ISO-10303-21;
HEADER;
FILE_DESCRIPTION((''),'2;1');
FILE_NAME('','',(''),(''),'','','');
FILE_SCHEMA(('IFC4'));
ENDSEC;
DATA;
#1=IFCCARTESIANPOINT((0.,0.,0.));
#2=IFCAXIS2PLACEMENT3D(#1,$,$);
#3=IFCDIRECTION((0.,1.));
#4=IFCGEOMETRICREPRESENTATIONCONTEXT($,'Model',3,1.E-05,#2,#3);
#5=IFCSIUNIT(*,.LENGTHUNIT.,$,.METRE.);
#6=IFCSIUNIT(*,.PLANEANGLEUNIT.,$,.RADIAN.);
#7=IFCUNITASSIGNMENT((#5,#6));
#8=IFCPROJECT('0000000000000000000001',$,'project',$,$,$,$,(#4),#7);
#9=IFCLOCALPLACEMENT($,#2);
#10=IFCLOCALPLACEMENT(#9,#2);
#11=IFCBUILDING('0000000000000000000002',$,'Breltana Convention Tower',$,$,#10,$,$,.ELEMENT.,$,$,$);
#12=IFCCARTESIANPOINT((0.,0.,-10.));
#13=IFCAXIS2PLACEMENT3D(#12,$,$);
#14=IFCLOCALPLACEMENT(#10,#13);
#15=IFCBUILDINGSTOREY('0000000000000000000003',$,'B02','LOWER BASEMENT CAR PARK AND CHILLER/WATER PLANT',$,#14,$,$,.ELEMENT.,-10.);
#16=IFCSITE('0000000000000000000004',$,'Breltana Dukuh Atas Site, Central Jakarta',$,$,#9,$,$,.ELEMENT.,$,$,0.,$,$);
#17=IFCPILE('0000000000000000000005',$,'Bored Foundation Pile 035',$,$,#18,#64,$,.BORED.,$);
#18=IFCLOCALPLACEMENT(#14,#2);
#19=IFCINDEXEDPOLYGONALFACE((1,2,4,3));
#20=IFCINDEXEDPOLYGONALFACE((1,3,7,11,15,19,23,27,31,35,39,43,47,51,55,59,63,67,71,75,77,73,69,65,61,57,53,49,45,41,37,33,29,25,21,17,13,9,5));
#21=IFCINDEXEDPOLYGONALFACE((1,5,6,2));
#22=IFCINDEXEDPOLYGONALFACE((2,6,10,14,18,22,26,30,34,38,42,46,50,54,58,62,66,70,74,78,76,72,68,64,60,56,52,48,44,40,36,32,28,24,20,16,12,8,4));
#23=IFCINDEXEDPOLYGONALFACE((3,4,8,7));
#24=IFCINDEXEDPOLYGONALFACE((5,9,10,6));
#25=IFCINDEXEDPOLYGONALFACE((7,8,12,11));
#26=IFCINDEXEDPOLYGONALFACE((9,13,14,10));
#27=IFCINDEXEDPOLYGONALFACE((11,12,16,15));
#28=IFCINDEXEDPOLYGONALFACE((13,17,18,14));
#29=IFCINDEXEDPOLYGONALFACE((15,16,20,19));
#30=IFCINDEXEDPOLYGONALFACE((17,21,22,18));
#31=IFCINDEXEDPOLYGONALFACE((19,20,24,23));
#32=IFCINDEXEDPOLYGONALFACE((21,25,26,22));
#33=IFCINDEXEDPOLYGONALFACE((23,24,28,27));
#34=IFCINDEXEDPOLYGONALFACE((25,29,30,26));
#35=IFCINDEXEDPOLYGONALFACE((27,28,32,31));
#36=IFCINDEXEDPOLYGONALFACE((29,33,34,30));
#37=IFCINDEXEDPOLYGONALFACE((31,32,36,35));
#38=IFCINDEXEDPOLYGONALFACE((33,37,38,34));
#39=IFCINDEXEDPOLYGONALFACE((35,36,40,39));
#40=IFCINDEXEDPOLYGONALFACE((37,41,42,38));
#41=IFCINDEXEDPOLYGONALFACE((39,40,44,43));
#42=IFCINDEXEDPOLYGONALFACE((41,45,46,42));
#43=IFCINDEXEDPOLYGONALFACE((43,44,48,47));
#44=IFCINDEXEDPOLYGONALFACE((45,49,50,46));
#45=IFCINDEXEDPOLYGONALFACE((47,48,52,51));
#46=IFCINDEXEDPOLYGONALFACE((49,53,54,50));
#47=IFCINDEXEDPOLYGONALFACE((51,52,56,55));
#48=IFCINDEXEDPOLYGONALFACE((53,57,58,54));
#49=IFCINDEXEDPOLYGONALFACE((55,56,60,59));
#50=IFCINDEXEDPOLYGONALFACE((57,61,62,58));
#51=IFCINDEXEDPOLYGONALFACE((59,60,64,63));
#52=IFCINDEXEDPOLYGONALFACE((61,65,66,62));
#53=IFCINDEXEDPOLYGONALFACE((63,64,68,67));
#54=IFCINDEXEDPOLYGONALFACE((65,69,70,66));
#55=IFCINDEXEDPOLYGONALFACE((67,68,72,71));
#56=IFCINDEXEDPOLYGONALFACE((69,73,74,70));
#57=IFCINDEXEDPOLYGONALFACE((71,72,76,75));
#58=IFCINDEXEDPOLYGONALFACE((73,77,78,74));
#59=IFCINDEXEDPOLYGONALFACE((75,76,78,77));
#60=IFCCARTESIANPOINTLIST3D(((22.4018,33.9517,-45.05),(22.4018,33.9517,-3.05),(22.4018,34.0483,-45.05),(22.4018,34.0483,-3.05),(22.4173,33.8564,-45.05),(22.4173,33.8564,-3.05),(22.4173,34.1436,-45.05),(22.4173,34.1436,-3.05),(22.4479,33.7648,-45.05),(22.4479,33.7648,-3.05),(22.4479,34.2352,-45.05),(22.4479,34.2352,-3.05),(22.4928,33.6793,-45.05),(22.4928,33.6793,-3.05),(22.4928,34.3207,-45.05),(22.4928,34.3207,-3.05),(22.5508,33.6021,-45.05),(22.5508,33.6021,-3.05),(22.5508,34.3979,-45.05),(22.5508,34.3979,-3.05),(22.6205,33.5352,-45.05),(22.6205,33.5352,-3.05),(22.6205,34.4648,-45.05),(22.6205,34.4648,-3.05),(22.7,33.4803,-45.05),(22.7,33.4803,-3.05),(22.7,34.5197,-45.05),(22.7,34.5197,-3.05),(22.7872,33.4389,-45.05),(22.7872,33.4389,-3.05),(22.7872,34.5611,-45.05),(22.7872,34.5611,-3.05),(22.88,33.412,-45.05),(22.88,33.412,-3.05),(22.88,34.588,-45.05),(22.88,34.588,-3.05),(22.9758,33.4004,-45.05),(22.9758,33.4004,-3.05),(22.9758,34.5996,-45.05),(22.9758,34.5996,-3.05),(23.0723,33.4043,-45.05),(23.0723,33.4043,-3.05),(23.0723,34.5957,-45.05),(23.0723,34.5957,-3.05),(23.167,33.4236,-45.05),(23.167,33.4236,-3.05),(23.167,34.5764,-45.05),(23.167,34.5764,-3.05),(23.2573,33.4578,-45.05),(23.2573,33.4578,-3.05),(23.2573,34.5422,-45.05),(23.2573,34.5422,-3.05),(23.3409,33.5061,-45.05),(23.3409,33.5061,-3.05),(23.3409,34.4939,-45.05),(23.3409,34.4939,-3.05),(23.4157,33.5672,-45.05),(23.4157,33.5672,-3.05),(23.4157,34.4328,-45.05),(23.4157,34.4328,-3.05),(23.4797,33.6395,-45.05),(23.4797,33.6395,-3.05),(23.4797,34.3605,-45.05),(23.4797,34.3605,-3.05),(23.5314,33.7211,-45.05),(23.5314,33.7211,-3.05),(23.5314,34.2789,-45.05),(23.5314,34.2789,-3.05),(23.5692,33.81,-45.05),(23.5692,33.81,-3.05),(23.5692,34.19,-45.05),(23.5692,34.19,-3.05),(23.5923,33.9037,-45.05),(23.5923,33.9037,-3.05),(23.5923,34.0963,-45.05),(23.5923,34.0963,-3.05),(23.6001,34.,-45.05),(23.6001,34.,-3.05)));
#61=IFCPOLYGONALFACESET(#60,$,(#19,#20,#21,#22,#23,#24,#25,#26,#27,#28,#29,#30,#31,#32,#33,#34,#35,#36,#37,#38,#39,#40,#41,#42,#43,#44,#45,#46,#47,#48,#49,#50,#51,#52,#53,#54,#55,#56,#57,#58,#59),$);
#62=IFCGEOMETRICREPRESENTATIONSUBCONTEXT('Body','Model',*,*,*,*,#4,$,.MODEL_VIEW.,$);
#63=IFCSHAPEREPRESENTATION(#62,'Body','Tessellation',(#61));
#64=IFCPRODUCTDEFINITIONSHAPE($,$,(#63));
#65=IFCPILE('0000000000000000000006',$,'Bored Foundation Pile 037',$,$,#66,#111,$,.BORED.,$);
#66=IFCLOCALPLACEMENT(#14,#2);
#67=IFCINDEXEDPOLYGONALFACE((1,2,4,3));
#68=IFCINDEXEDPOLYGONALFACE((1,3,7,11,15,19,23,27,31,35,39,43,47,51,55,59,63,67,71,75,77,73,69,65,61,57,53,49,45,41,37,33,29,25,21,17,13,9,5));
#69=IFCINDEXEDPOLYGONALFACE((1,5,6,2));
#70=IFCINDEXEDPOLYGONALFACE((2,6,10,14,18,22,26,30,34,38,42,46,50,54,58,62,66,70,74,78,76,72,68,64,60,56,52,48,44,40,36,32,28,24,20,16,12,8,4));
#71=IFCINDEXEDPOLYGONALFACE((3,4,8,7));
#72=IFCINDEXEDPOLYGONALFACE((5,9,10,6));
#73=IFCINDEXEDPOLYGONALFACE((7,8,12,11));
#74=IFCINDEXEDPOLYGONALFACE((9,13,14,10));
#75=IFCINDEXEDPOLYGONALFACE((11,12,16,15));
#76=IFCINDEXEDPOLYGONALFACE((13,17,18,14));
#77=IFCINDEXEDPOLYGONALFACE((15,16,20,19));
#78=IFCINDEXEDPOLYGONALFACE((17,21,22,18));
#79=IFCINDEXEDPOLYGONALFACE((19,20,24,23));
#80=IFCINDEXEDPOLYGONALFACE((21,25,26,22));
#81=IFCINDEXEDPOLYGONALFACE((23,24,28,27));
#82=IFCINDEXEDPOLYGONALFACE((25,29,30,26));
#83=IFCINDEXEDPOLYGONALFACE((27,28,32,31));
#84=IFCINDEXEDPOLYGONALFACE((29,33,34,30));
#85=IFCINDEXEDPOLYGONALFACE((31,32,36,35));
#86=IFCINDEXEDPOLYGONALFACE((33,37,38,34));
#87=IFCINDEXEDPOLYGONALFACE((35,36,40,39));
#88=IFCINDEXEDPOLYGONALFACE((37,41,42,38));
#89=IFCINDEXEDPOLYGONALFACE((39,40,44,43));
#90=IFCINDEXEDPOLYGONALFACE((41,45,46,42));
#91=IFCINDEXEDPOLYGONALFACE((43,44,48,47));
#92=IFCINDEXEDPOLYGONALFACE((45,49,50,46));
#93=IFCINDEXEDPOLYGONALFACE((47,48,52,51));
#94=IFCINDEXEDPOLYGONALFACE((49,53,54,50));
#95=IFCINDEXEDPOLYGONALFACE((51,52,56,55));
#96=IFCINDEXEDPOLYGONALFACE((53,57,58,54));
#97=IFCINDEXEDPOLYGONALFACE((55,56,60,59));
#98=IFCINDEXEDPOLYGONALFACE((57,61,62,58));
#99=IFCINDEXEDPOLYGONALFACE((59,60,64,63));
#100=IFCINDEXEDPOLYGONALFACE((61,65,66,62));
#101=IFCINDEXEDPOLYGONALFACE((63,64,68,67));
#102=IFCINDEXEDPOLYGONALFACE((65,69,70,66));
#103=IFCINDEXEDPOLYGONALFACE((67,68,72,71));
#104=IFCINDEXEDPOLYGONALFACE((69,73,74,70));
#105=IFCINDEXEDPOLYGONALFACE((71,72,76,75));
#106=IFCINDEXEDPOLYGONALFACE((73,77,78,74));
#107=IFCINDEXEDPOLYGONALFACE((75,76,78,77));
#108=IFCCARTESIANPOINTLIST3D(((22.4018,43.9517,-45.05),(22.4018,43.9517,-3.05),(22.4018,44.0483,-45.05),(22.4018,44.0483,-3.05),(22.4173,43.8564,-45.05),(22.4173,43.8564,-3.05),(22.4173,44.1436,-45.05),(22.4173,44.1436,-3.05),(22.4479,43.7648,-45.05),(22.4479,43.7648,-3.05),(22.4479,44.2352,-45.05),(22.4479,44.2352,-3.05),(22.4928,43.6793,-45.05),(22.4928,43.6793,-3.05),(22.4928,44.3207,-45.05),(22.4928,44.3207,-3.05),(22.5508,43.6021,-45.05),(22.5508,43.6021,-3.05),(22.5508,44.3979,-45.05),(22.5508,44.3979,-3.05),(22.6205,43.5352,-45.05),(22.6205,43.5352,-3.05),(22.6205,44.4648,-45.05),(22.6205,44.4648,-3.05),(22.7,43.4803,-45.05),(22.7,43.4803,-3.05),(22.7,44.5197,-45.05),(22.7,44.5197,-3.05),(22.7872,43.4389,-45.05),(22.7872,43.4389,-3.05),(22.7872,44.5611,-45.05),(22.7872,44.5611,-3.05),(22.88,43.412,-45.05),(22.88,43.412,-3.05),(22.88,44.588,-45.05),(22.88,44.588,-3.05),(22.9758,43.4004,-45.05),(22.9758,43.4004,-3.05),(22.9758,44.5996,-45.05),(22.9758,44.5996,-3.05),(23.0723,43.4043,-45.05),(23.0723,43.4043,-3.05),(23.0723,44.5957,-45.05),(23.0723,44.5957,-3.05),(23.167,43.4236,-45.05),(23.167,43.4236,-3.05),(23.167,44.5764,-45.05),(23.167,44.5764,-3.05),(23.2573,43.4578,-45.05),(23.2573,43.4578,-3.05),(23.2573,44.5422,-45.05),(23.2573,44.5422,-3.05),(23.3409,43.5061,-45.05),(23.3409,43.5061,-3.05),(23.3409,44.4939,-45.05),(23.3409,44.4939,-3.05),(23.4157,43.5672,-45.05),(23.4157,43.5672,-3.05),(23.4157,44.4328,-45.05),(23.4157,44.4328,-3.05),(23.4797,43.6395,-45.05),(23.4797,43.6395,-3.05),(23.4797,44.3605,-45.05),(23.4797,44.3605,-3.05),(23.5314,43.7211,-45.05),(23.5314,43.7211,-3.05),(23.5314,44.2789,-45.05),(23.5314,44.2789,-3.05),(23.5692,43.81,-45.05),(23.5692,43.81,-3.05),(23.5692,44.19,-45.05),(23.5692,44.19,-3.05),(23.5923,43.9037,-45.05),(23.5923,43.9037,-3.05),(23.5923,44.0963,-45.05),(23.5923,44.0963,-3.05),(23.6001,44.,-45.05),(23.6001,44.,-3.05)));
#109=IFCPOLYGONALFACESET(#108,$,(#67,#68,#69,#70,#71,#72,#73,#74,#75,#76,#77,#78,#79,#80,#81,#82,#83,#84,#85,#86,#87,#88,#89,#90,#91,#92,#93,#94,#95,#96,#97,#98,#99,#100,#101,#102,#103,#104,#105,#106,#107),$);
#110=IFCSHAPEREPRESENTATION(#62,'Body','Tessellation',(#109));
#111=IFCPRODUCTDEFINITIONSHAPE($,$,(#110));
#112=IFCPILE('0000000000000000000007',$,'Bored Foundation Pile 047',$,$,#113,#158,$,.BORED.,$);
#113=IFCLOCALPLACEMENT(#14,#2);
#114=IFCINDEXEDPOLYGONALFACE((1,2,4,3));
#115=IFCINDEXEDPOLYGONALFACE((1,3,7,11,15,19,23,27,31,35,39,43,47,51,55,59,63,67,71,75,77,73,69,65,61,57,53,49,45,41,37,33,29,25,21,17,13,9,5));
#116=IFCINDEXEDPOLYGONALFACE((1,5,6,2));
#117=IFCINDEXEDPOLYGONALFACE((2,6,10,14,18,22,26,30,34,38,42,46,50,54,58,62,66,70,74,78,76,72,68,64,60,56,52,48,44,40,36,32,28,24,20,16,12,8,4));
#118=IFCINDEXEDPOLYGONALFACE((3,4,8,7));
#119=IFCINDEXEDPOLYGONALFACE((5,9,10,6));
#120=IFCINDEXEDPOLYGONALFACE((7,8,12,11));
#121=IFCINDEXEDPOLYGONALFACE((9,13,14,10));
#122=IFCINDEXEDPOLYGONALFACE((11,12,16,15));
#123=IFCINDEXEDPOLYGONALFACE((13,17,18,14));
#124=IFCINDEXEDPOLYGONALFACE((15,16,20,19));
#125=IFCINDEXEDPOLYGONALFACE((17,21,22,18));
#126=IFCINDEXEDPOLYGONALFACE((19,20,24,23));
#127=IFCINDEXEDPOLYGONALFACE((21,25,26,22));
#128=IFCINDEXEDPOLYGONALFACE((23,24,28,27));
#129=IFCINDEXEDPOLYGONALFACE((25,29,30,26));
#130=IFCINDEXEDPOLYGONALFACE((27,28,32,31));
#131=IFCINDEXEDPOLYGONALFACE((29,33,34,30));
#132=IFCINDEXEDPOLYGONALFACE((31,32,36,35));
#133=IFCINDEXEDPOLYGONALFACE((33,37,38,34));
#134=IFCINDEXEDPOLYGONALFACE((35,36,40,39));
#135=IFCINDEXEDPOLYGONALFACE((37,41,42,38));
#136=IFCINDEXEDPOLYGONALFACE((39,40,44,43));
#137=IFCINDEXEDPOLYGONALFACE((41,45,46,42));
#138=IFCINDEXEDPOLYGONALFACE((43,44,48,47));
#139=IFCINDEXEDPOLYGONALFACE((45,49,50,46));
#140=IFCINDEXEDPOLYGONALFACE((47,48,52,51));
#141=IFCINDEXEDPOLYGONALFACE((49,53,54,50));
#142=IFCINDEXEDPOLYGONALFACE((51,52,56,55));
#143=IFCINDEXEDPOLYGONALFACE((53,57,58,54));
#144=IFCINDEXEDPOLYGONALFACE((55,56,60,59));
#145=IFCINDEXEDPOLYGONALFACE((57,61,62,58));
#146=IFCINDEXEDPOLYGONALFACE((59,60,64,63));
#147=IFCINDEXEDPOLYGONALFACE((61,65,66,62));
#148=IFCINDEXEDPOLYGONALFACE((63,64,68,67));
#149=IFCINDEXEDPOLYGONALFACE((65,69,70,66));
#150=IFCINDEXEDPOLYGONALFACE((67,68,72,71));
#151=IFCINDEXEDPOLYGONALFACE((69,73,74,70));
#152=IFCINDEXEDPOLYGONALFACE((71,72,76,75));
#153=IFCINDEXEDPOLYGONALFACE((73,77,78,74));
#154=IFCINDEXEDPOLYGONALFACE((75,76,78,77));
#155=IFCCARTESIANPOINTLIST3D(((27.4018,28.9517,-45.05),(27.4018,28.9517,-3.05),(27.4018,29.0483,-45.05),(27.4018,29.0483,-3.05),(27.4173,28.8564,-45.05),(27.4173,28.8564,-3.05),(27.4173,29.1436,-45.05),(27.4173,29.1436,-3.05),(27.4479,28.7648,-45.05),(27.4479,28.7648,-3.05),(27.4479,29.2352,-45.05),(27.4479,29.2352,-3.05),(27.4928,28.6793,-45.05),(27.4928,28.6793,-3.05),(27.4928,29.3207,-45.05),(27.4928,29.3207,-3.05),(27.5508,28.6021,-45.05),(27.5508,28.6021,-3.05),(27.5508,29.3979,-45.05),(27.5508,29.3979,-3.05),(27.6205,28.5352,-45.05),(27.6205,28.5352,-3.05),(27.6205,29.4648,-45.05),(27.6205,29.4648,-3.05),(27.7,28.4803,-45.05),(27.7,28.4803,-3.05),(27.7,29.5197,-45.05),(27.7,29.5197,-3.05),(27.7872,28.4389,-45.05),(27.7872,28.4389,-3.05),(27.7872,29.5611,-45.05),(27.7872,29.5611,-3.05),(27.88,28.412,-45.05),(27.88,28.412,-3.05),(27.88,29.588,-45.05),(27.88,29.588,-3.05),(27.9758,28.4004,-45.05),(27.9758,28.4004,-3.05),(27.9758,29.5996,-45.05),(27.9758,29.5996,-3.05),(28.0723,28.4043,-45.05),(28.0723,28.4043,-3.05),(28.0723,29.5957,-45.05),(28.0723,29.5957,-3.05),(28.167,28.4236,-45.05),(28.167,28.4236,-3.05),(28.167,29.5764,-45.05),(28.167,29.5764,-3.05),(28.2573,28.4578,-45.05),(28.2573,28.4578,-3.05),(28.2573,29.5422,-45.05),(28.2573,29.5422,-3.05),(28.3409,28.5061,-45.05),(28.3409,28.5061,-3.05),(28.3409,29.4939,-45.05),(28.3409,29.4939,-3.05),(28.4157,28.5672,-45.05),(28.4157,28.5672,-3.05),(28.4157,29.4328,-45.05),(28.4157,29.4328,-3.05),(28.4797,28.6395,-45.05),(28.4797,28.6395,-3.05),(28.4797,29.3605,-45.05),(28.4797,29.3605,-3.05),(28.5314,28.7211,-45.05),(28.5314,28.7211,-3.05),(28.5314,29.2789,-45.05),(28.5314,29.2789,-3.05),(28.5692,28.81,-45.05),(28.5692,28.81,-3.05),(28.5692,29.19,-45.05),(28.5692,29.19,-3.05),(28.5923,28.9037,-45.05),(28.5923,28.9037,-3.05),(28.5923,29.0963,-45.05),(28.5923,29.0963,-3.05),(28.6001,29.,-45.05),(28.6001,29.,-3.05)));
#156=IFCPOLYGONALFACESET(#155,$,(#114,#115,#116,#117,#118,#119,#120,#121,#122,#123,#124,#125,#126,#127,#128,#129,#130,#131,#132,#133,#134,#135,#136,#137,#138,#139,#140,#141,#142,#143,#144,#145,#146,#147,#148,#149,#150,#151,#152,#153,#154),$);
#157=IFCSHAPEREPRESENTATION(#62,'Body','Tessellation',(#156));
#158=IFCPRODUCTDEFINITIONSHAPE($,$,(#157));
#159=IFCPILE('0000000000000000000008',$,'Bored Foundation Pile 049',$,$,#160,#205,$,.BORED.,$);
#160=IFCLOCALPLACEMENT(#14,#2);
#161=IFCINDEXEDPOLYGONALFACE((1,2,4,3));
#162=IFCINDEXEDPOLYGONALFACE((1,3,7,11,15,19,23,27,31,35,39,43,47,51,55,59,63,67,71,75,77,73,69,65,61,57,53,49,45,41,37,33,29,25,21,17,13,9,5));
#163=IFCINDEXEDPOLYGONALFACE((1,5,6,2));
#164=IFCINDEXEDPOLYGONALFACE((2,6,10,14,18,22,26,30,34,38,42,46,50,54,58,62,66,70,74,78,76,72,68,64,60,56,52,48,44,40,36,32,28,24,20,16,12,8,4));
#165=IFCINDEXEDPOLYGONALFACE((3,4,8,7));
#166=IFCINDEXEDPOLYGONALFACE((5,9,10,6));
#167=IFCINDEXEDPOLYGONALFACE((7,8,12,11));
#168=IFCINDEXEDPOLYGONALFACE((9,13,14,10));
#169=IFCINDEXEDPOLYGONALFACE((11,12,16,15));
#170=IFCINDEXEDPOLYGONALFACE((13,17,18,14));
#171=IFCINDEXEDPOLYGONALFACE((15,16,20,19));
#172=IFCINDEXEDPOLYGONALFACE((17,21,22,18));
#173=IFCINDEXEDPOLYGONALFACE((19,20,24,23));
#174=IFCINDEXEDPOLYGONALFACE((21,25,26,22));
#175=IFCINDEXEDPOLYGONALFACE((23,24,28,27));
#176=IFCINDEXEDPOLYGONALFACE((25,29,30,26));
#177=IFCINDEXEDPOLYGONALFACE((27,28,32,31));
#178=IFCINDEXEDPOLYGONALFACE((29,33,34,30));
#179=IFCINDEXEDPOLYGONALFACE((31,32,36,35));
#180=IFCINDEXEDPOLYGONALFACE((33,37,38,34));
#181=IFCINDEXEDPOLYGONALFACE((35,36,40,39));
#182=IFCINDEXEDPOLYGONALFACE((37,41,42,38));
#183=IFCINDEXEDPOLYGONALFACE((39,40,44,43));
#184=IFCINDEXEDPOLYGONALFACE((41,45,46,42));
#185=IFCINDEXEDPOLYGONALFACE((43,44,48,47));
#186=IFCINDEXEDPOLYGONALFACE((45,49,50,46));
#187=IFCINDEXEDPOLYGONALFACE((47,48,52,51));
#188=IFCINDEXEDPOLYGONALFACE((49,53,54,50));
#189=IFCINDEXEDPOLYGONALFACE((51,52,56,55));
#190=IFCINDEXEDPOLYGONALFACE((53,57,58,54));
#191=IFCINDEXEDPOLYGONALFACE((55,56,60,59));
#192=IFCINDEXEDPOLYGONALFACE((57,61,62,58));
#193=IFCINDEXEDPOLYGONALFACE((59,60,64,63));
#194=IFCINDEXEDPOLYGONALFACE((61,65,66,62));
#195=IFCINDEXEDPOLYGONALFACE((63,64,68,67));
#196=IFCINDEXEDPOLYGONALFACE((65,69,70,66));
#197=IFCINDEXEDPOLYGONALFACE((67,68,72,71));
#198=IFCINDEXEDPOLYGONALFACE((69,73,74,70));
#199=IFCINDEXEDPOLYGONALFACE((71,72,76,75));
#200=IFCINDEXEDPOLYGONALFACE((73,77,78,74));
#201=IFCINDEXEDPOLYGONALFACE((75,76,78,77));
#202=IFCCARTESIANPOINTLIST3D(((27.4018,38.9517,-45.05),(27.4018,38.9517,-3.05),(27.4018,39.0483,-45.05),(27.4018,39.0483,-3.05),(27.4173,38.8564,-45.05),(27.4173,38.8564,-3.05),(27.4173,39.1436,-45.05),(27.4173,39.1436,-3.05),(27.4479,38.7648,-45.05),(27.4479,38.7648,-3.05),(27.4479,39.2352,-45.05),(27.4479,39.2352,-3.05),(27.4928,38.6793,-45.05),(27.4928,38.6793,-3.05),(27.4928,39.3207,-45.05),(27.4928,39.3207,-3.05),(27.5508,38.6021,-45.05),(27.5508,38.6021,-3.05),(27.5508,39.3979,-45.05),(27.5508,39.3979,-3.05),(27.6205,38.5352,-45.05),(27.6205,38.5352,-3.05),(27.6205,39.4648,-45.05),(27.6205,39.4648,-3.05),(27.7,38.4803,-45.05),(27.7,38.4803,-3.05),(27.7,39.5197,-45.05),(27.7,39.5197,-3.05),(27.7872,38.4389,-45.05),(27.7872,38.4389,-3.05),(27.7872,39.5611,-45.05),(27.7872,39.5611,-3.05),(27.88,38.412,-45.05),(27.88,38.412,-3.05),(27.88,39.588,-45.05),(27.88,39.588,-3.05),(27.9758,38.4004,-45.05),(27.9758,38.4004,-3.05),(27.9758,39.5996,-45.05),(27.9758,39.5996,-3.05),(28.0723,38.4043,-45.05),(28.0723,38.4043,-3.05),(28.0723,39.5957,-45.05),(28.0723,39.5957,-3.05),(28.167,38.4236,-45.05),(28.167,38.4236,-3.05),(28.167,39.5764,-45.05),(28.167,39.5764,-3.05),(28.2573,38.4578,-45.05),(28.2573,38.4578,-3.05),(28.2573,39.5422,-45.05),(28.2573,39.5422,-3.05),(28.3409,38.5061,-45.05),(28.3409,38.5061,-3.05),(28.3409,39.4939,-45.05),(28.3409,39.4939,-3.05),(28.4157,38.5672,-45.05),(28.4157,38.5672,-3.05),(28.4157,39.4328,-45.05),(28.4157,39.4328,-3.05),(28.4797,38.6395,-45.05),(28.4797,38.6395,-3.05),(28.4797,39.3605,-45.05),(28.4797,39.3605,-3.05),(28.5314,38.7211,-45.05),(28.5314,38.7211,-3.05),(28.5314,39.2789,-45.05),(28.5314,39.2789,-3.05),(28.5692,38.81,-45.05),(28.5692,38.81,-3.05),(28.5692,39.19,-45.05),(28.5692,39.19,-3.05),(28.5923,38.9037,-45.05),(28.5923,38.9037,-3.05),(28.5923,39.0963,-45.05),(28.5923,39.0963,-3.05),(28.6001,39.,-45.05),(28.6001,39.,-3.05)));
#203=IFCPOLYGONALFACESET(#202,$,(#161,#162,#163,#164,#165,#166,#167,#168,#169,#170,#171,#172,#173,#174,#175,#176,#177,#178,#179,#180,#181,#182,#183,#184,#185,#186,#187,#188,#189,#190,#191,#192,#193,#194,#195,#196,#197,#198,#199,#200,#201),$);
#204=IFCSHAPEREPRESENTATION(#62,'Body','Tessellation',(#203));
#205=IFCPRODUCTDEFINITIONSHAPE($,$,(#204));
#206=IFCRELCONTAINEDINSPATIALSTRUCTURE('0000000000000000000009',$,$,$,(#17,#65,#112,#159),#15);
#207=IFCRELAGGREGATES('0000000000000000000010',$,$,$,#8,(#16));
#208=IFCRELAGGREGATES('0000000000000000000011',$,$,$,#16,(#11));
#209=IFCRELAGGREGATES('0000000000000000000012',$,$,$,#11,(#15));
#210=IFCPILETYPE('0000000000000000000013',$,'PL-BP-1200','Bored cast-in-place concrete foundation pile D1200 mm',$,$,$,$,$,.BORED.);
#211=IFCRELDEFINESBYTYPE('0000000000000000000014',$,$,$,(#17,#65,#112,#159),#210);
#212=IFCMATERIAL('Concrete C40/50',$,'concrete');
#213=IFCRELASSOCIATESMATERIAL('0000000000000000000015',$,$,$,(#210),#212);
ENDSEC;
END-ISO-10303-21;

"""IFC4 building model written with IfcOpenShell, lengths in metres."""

from ifc_helpers import new_model, si_unit, direction, frame, origin, origin_2d, place, context, subcontext, project, spatial, circle, extrude, source, transform, mapped, material, material_profile, profile_set, type_object, type_shapes, element, save


model = new_model("IFC4")

# Units and contexts
model_context = context("Model", 3, precision=1e-05, world=origin(), true_north=direction((0.0, 1.0)))
body_context = subcontext(model_context, "Body", "Model", "MODEL_VIEW")
ifc_project = project(units=[si_unit("LENGTHUNIT", "METRE"), si_unit("PLANEANGLEUNIT", "RADIAN")], contexts=[model_context])

# Site, building, storey
site_placement = place(None, origin())
site = spatial("IfcSite", under=ifc_project, at=site_placement, Name="Breltana Dukuh Atas Site, Central Jakarta", CompositionType="ELEMENT", RefElevation=0.0)
building_placement = place(site_placement, origin())
building = spatial("IfcBuilding", under=site, at=building_placement, Name="Breltana Convention Tower", CompositionType="ELEMENT")
storey_placement = place(building_placement, frame((0.0, 0.0, -10.0)))
storey = spatial("IfcBuildingStorey", under=building, at=storey_placement, Name="B02", Description="LOWER BASEMENT CAR PARK AND CHILLER/WATER PLANT", CompositionType="ELEMENT", Elevation=-10.0)

# Piles
ifc_material_1 = material(Name="Concrete C40/50", Category="concrete")
ifc_material_profile_1 = material_profile(ifc_material_1, circle(Radius=0.6001, at=origin_2d()), Name="BP-D1200")
ifc_profile_set_1 = profile_set([ifc_material_profile_1], Name="Concrete C40/50")
pile_type_1 = type_object("IfcPileType", Name="PL-BP-1200", Description="Bored cast-in-place concrete foundation pile D1200 mm", PredefinedType="BORED", material=ifc_profile_set_1)
shared_shape_1 = source(origin(), body_context, "Body", "SweptSolid", [
    extrude(circle(Radius=0.6001, at=origin_2d()), origin(), (0.0, 0.0, 1.0), 42.0),
])
type_shapes(pile_type_1, [shared_shape_1])
for number, where, z_axis, x_axis, name in (
    (1, (23.0, 34.0, -3.05), (0.0, 0.0, -1.0), (1.0, 0.0, 0.0), "Bored Foundation Pile 035"),
    (2, (23.0, 44.0, -3.05), (0.0, 0.0, -1.0), (1.0, 0.0, 0.0), "Bored Foundation Pile 037"),
    (3, (28.0, 29.0, -3.05), (0.0, 0.0, -1.0), (1.0, 0.0, 0.0), "Bored Foundation Pile 047"),
    (4, (28.0, 39.0, -3.05), (0.0, 0.0, -1.0), (1.0, 0.0, 0.0), "Bored Foundation Pile 049"),
):
    element("IfcPile", number, at=place(storey_placement, frame(where, z_axis=z_axis, x_axis=x_axis)), inside=storey, type_object=pile_type_1, Name=name, PredefinedType="BORED", context=body_context, shape_type="MappedRepresentation", body=[
        mapped(shared_shape_1, transform((0.0, 0.0, 0.0), scale=1.0)),
    ])

save(model, "model.ifc")
